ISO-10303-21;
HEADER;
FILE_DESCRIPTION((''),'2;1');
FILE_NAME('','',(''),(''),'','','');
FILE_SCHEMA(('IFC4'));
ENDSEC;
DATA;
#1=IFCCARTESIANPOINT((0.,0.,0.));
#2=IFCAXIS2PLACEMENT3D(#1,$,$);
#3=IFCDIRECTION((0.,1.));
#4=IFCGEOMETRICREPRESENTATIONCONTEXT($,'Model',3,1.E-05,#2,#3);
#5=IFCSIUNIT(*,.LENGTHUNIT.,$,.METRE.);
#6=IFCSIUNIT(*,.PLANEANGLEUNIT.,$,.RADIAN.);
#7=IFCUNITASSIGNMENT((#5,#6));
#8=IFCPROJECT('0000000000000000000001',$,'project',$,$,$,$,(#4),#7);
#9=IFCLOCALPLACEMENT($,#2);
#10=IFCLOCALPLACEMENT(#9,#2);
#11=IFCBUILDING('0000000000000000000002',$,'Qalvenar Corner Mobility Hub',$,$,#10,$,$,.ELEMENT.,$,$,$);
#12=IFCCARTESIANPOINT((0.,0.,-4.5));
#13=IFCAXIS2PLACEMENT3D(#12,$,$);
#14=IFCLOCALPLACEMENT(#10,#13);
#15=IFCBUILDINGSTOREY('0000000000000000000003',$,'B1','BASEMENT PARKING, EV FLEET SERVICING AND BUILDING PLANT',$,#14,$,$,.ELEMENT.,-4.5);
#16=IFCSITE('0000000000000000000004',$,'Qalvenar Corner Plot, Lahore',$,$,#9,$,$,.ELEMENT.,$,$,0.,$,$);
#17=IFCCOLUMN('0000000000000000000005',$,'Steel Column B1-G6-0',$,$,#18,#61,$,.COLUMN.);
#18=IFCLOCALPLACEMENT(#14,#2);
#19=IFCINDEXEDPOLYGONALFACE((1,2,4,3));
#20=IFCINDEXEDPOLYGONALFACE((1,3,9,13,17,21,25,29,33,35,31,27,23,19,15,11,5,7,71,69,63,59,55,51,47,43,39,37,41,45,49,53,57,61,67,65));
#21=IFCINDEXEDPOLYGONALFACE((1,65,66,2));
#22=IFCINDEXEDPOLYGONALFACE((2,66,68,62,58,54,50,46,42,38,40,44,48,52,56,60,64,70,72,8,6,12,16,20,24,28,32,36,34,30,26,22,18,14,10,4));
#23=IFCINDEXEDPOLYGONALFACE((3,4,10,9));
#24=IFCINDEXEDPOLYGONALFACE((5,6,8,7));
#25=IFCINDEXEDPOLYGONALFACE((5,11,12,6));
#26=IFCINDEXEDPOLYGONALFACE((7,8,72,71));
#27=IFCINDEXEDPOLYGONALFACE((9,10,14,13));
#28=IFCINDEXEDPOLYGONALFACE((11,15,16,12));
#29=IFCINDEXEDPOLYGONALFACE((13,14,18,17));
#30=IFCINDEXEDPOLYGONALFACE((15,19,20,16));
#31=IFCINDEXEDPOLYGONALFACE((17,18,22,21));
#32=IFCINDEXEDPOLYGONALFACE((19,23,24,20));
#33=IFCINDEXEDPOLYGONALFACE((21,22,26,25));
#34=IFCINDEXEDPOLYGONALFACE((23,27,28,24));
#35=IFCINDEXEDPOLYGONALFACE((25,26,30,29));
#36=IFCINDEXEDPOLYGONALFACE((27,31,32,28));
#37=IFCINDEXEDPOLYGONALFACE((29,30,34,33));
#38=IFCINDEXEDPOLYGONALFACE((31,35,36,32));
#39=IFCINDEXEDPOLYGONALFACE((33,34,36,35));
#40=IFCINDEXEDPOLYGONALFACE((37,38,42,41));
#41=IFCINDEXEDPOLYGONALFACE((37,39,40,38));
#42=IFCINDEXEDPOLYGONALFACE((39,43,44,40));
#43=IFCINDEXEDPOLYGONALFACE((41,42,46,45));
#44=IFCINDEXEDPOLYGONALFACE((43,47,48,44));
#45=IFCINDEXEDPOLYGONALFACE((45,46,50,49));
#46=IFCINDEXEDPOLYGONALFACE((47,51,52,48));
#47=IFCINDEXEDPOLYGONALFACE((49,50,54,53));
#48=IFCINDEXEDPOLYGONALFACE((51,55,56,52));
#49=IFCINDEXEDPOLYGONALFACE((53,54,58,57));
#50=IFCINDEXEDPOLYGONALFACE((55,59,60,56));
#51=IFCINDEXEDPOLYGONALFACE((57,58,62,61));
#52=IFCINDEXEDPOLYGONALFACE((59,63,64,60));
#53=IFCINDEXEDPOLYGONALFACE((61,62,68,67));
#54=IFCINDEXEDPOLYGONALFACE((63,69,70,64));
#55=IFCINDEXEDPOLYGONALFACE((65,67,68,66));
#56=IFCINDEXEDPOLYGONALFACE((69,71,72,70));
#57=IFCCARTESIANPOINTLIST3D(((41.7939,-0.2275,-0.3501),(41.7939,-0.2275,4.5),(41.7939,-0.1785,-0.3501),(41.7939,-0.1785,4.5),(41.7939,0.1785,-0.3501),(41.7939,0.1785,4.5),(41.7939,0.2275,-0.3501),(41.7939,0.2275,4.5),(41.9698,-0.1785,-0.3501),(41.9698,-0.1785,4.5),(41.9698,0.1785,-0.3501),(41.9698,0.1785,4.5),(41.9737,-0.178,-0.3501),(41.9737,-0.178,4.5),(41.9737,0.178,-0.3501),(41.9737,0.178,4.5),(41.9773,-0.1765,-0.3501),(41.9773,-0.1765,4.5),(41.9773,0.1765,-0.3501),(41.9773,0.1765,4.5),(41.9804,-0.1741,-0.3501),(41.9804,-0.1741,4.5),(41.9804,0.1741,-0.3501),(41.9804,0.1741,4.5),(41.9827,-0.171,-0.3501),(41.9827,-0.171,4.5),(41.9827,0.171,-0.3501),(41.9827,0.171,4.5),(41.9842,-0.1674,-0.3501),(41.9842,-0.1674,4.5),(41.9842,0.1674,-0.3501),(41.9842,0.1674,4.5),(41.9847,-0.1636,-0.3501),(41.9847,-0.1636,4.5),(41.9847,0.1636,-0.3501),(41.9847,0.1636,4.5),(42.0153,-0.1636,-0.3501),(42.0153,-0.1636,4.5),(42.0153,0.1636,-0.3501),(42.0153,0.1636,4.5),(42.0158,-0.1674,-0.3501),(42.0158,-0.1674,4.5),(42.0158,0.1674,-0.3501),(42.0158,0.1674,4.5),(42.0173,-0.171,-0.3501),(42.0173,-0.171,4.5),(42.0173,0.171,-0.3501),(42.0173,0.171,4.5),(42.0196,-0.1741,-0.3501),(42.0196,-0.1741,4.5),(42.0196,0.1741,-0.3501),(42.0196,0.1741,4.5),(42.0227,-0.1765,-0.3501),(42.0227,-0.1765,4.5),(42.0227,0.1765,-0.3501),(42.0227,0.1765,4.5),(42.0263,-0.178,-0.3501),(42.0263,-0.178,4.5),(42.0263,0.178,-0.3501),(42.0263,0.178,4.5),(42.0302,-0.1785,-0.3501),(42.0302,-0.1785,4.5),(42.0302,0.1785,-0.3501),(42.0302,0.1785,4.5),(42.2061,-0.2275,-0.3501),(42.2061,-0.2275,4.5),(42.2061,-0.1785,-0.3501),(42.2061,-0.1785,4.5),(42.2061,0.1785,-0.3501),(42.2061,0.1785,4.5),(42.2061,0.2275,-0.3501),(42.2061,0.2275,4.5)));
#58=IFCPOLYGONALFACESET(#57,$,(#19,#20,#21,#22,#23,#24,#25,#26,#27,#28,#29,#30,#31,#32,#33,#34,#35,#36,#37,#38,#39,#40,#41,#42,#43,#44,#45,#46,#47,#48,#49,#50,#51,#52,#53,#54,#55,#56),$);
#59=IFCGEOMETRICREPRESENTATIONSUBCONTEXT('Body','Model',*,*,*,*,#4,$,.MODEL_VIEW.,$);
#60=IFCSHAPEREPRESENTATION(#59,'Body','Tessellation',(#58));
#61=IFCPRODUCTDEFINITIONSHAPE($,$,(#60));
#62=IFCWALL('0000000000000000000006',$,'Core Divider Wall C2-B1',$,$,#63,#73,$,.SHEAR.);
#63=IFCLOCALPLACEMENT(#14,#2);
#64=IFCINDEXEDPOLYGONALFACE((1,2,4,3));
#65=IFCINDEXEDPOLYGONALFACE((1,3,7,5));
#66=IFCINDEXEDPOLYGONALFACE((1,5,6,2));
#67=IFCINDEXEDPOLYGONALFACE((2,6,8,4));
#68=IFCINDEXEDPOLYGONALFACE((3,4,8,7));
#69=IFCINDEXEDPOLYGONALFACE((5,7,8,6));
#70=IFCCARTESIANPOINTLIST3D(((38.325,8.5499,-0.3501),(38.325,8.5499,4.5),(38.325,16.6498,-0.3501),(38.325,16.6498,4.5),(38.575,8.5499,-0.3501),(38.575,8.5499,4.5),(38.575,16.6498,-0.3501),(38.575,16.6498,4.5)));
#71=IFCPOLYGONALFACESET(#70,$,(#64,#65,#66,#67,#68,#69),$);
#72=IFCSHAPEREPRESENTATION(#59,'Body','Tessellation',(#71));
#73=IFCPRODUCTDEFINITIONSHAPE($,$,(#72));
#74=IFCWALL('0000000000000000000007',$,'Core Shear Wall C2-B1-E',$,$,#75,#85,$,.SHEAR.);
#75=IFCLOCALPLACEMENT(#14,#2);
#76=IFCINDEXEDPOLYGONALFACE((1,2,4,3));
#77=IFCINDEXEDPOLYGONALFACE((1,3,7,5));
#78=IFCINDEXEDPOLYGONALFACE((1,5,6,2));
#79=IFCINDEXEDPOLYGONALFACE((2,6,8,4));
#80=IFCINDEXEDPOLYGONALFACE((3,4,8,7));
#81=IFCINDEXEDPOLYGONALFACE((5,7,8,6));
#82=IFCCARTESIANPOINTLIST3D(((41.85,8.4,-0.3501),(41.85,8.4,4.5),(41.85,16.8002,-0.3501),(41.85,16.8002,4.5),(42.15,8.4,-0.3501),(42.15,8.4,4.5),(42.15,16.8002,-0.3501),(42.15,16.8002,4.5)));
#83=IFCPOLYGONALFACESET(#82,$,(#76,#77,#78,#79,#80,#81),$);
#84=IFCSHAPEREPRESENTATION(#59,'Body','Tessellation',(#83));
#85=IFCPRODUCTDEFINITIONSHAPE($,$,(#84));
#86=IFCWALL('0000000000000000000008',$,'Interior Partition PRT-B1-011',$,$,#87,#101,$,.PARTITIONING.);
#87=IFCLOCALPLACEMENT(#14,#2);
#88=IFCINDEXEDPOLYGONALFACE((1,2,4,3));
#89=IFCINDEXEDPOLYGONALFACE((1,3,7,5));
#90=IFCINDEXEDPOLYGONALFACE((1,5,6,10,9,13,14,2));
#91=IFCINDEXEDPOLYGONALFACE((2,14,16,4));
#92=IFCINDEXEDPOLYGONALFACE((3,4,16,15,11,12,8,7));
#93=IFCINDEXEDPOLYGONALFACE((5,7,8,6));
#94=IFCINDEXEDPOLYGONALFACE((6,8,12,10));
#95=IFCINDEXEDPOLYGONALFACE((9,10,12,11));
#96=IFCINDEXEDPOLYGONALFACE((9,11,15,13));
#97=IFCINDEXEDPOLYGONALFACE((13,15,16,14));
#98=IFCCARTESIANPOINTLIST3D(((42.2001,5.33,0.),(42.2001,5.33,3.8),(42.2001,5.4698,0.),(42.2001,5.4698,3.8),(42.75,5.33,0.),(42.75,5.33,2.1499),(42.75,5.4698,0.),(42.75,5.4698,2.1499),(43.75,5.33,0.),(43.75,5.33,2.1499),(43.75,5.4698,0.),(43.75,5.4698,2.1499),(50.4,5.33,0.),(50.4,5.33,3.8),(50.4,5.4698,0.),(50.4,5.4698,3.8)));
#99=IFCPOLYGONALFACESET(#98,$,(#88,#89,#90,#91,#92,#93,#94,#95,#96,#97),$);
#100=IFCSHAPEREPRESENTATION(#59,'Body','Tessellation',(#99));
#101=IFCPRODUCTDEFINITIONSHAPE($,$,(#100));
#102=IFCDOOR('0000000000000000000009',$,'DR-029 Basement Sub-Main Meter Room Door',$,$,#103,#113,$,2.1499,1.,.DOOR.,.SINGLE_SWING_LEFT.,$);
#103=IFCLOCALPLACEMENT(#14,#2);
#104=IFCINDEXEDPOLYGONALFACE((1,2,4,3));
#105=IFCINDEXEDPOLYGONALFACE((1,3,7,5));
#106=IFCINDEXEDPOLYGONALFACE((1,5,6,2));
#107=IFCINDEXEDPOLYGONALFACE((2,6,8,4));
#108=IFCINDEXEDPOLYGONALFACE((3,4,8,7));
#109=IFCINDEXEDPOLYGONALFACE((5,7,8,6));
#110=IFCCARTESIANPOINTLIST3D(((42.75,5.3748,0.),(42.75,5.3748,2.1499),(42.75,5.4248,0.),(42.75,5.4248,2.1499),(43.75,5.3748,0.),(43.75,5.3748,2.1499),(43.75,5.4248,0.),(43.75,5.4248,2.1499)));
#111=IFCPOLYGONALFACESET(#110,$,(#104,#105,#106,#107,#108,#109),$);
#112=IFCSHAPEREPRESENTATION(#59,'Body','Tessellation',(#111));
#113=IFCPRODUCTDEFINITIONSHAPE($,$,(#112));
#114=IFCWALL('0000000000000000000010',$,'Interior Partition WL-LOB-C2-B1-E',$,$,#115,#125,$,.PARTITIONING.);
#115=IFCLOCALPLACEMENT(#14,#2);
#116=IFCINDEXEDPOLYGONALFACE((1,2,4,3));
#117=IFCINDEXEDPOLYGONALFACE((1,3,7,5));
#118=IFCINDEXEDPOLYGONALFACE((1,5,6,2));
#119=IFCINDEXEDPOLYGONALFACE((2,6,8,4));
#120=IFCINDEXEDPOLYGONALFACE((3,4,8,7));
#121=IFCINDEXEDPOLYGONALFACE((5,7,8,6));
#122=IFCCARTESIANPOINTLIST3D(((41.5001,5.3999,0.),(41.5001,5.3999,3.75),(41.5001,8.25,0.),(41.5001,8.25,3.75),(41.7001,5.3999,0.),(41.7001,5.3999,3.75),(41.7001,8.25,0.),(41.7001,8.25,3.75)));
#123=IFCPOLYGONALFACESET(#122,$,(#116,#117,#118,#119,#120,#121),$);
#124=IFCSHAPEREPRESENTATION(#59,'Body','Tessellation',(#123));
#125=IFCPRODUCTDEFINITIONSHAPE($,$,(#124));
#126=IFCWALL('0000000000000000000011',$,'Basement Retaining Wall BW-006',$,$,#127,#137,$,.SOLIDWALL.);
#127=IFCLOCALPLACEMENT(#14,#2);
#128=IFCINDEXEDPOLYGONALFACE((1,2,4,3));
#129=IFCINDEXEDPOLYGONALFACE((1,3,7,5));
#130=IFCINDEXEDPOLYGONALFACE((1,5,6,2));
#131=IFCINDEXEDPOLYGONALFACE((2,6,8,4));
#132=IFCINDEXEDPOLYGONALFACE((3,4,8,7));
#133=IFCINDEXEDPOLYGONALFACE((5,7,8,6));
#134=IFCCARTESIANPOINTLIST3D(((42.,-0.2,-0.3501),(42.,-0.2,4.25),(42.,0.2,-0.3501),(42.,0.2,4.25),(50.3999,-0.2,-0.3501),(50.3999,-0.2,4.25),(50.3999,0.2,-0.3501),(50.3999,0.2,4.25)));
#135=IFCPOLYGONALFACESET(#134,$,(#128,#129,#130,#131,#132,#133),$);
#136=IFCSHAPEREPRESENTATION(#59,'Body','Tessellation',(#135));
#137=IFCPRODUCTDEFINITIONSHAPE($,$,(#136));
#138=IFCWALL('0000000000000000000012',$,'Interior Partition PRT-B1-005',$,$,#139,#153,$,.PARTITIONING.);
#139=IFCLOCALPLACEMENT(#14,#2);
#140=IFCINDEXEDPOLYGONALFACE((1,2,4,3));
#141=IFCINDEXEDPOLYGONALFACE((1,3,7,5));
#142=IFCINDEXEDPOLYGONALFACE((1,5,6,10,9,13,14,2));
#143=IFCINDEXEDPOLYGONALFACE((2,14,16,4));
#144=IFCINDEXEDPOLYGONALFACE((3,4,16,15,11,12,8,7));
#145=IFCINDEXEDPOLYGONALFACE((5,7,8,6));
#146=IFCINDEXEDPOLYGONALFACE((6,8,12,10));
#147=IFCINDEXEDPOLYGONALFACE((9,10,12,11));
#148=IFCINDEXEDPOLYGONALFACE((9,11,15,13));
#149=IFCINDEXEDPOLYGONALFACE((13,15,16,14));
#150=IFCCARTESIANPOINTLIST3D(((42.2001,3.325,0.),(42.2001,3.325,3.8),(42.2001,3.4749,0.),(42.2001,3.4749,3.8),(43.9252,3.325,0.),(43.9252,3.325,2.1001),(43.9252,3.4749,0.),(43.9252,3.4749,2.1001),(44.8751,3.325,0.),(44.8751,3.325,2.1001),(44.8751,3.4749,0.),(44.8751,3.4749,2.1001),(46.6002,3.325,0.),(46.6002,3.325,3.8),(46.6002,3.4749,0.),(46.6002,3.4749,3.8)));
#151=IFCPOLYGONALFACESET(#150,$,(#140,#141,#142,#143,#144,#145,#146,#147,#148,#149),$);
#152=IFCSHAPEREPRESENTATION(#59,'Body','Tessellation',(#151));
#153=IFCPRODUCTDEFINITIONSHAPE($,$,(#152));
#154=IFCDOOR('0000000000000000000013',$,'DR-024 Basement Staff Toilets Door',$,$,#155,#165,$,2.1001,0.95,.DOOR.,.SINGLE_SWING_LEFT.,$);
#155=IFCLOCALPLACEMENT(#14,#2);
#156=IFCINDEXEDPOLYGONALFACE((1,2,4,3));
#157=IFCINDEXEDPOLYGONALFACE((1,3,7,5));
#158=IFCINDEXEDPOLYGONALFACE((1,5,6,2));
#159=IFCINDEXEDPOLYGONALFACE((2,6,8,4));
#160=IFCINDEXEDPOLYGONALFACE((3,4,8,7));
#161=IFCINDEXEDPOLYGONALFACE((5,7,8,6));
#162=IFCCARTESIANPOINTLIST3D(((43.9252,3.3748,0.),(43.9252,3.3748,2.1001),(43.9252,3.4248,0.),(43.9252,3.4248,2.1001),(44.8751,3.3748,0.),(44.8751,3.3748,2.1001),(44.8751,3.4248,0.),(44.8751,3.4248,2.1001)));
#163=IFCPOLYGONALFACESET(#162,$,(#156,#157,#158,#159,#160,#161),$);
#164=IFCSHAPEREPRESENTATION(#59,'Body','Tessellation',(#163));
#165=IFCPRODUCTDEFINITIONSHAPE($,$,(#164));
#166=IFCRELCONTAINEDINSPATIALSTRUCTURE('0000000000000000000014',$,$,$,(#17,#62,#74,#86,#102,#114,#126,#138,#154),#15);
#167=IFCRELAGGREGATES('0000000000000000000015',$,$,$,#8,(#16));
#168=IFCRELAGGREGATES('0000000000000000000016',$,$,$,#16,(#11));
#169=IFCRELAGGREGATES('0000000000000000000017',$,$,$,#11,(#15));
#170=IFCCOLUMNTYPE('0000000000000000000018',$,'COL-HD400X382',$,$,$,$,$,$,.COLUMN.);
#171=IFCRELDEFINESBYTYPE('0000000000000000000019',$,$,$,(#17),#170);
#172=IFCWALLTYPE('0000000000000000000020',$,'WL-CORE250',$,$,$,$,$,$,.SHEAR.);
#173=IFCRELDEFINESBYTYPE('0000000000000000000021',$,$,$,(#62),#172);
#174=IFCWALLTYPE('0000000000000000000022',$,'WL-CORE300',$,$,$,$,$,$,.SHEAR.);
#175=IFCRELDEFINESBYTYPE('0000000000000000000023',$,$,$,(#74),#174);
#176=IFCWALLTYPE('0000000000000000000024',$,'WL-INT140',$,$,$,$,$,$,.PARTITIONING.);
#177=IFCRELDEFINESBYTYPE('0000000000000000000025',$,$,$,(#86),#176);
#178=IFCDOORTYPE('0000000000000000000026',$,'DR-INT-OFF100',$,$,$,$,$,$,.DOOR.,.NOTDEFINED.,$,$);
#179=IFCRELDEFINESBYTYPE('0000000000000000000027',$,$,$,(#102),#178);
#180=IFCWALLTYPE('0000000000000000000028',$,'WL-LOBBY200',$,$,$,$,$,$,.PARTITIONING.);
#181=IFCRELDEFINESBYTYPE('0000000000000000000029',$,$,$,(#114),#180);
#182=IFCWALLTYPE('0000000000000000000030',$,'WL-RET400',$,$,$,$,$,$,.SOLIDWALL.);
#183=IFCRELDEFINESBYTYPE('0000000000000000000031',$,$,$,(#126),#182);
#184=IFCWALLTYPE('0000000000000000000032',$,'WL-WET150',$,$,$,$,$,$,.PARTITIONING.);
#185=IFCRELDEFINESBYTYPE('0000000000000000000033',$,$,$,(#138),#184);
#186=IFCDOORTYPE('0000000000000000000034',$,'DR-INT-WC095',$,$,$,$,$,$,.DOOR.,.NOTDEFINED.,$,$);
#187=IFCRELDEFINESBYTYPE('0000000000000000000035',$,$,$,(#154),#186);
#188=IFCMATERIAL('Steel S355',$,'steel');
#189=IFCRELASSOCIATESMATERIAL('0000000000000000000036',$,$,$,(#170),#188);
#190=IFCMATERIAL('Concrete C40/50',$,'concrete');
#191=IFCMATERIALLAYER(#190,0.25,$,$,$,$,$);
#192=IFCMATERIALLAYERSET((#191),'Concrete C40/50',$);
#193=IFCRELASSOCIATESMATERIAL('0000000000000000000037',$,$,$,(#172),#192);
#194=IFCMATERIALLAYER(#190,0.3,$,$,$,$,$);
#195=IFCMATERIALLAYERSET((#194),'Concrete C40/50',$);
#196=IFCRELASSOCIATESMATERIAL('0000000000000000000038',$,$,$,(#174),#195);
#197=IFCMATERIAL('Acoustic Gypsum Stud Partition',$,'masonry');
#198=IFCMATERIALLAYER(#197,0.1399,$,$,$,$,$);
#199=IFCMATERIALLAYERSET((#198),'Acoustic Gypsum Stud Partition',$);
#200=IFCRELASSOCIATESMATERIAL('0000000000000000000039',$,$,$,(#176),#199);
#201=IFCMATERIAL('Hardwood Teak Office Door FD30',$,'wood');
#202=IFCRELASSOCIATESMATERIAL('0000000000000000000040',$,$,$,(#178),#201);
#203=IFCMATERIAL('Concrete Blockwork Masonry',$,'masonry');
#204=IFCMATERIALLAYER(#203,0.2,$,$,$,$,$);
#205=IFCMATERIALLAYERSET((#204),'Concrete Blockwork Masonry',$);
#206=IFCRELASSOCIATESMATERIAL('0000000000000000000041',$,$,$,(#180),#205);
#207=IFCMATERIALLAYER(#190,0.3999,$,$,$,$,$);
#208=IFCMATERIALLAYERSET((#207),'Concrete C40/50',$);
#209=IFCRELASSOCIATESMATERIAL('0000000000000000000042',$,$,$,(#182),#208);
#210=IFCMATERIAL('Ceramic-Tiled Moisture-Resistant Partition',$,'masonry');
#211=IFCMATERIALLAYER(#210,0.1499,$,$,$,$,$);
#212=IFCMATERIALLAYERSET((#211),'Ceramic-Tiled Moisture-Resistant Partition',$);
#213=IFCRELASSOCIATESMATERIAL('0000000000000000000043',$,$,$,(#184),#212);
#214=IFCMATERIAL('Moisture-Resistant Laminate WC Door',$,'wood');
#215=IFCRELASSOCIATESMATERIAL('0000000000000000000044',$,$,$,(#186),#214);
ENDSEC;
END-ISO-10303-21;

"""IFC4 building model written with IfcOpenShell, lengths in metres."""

from ifc_helpers import new_model, si_unit, direction, frame, frame_2d, origin, origin_2d, place, context, subcontext, project, spatial, rectangle, i_section, extrude, material, layer, layer_set, material_profile, profile_set, type_object, element, fill, save


model = new_model("IFC4")

# Units and contexts
model_context = context("Model", 3, precision=1e-05, world=origin(), true_north=direction((0.0, 1.0)))
body_context = subcontext(model_context, "Body", "Model", "MODEL_VIEW")
ifc_project = project(units=[si_unit("LENGTHUNIT", "METRE"), si_unit("PLANEANGLEUNIT", "RADIAN")], contexts=[model_context])

# Site, building, storey
site_placement = place(None, origin())
site = spatial("IfcSite", under=ifc_project, at=site_placement, Name="Qalvenar Corner Plot, Lahore", CompositionType="ELEMENT", RefElevation=0.0)
building_placement = place(site_placement, origin())
building = spatial("IfcBuilding", under=site, at=building_placement, Name="Qalvenar Corner Mobility Hub", CompositionType="ELEMENT")
storey_placement = place(building_placement, frame((0.0, 0.0, -4.5)))
storey = spatial("IfcBuildingStorey", under=building, at=storey_placement, Name="B1", Description="BASEMENT PARKING, EV FLEET SERVICING AND BUILDING PLANT", CompositionType="ELEMENT", Elevation=-4.5)

# Shared definitions
ifc_material_1 = material(Name="Concrete C40/50", Category="concrete")

# Column
ifc_material_2 = material(Name="Steel S355", Category="steel")
ifc_material_profile_1 = material_profile(ifc_material_2, i_section(OverallWidth=0.4121, OverallDepth=0.4551, WebThickness=0.0305, FlangeThickness=0.0491, FilletRadius=0.0149, at=origin_2d()), Name="HD400x421")
ifc_profile_set_1 = profile_set([ifc_material_profile_1], Name="Steel S355")
column_type = type_object("IfcColumnType", Name="COL-HD400X382", PredefinedType="COLUMN", material=ifc_profile_set_1)
column_placement = place(storey_placement, frame((42.0, 0.0, -0.3501), z_axis=(0.0, 0.0, 1.0), x_axis=(1.0, 0.0, 0.0)))
element("IfcColumn", 1, at=column_placement, inside=storey, type_object=column_type, Name="Steel Column B1-G6-0", PredefinedType="COLUMN", context=body_context, shape_type="SweptSolid", body=[
    extrude(i_section(OverallWidth=0.4121, OverallDepth=0.4551, WebThickness=0.0305, FlangeThickness=0.0491, FilletRadius=0.0149, at=origin_2d()), origin(), (0.0, 0.0, 1.0), 4.8501),
])

# Walls
ifc_layer_1 = layer(ifc_material_1, 0.25)
ifc_layer_set_1 = layer_set([ifc_layer_1], Name="Concrete C40/50")
wall_type_1 = type_object("IfcWallType", Name="WL-CORE250", PredefinedType="SHEAR", material=ifc_layer_set_1)
wall_1_placement = place(storey_placement, frame((38.45, 8.55, -0.3501), z_axis=(0.0, 0.0, 1.0), x_axis=(0.0, 1.0, 0.0)))
element("IfcWall", 2, at=wall_1_placement, inside=storey, type_object=wall_type_1, Name="Core Divider Wall C2-B1", PredefinedType="SHEAR", context=body_context, shape_type="SweptSolid", body=[
    extrude(rectangle(XDim=8.0999, YDim=0.25, at=frame_2d((4.0498, 0.0))), origin(), (0.0, 0.0, 1.0), 4.8501),
])
ifc_layer_2 = layer(ifc_material_1, 0.3)
ifc_layer_set_2 = layer_set([ifc_layer_2], Name="Concrete C40/50")
wall_type_2 = type_object("IfcWallType", Name="WL-CORE300", PredefinedType="SHEAR", material=ifc_layer_set_2)
wall_2_placement = place(storey_placement, frame((42.0, 8.3999, -0.3501), z_axis=(0.0, 0.0, 1.0), x_axis=(0.0, 1.0, 0.0)))
element("IfcWall", 3, at=wall_2_placement, inside=storey, type_object=wall_type_2, Name="Core Shear Wall C2-B1-E", PredefinedType="SHEAR", context=body_context, shape_type="SweptSolid", body=[
    extrude(rectangle(XDim=8.4001, YDim=0.3, at=frame_2d((4.2002, 0.0))), origin(), (0.0, 0.0, 1.0), 4.8501),
])

# Wall, opening, door
ifc_material_3 = material(Name="Acoustic Gypsum Stud Partition", Category="masonry")
ifc_layer_3 = layer(ifc_material_3, 0.1399)
ifc_layer_set_3 = layer_set([ifc_layer_3], Name="Acoustic Gypsum Stud Partition")
wall_type_3 = type_object("IfcWallType", Name="WL-INT140", PredefinedType="PARTITIONING", material=ifc_layer_set_3)
wall_3_placement = place(storey_placement, frame((42.2, 5.3999, 0.0), z_axis=(0.0, 0.0, 1.0), x_axis=(1.0, 0.0, 0.0)))
wall_3 = element("IfcWall", 4, at=wall_3_placement, inside=storey, type_object=wall_type_3, Name="Interior Partition PRT-B1-011", PredefinedType="PARTITIONING", context=body_context, shape_type="SweptSolid", body=[
    extrude(rectangle(XDim=8.2, YDim=0.1399, at=frame_2d((4.1001, 0.0))), origin(), (0.0, 0.0, 1.0), 3.8),
])
opening_1_placement = place(wall_3_placement, frame((0.55, 0.0, 0.0)))
opening_1 = element("IfcOpeningElement", 5, at=opening_1_placement, cuts=wall_3, PredefinedType="OPENING", context=body_context, shape_type="SweptSolid", body=[
    extrude(rectangle(XDim=1.0, YDim=2.1499, at=frame_2d((0.5, 1.075))), frame((0.0, 0.0801, 0.0), z_axis=(0.0, -1.0, 0.0), x_axis=(1.0, 0.0, 0.0)), (0.0, 0.0, 1.0), 0.1599),
])
ifc_material_4 = material(Name="Hardwood Teak Office Door FD30", Category="wood")
door_type_1 = type_object("IfcDoorType", Name="DR-INT-OFF100", OperationType="NOTDEFINED", PredefinedType="DOOR", material=ifc_material_4)
door_1_placement = place(opening_1_placement, origin())
door_1 = element("IfcDoor", 6, at=door_1_placement, inside=storey, type_object=door_type_1, Name="DR-029 Basement Sub-Main Meter Room Door", OperationType="SINGLE_SWING_LEFT", OverallHeight=2.1499, OverallWidth=1.0, PredefinedType="DOOR", context=body_context, shape_type="SweptSolid", body=[
    extrude(rectangle(XDim=1.0, YDim=2.1499, at=frame_2d((0.5, 1.075))), frame((0.0, 0.0249, 0.0), z_axis=(0.0, -1.0, 0.0), x_axis=(1.0, 0.0, 0.0)), (0.0, 0.0, 1.0), 0.05),
])
fill(opening_1, door_1)

# Walls
ifc_material_5 = material(Name="Concrete Blockwork Masonry", Category="masonry")
ifc_layer_4 = layer(ifc_material_5, 0.2)
ifc_layer_set_4 = layer_set([ifc_layer_4], Name="Concrete Blockwork Masonry")
wall_type_4 = type_object("IfcWallType", Name="WL-LOBBY200", PredefinedType="PARTITIONING", material=ifc_layer_set_4)
wall_4_placement = place(storey_placement, frame((41.6001, 5.3999, 0.0), z_axis=(0.0, 0.0, 1.0), x_axis=(0.0, 1.0, 0.0)))
element("IfcWall", 7, at=wall_4_placement, inside=storey, type_object=wall_type_4, Name="Interior Partition WL-LOB-C2-B1-E", PredefinedType="PARTITIONING", context=body_context, shape_type="SweptSolid", body=[
    extrude(rectangle(XDim=2.8501, YDim=0.2, at=frame_2d((1.425, 0.0))), origin(), (0.0, 0.0, 1.0), 3.75),
])
ifc_layer_5 = layer(ifc_material_1, 0.3999)
ifc_layer_set_5 = layer_set([ifc_layer_5], Name="Concrete C40/50")
wall_type_5 = type_object("IfcWallType", Name="WL-RET400", PredefinedType="SOLIDWALL", material=ifc_layer_set_5)
wall_5_placement = place(storey_placement, frame((42.0, 0.0, -0.3501), z_axis=(0.0, 0.0, 1.0), x_axis=(1.0, 0.0, 0.0)))
element("IfcWall", 8, at=wall_5_placement, inside=storey, type_object=wall_type_5, Name="Basement Retaining Wall BW-006", PredefinedType="SOLIDWALL", context=body_context, shape_type="SweptSolid", body=[
    extrude(rectangle(XDim=8.3999, YDim=0.3999, at=frame_2d((4.2, 0.0))), origin(), (0.0, 0.0, 1.0), 4.6001),
])

# Wall, opening, door
ifc_material_6 = material(Name="Ceramic-Tiled Moisture-Resistant Partition", Category="masonry")
ifc_layer_6 = layer(ifc_material_6, 0.1499)
ifc_layer_set_6 = layer_set([ifc_layer_6], Name="Ceramic-Tiled Moisture-Resistant Partition")
wall_type_6 = type_object("IfcWallType", Name="WL-WET150", PredefinedType="PARTITIONING", material=ifc_layer_set_6)
wall_6_placement = place(storey_placement, frame((42.2, 3.3999, 0.0), z_axis=(0.0, 0.0, 1.0), x_axis=(1.0, 0.0, 0.0)))
wall_6 = element("IfcWall", 9, at=wall_6_placement, inside=storey, type_object=wall_type_6, Name="Interior Partition PRT-B1-005", PredefinedType="PARTITIONING", context=body_context, shape_type="SweptSolid", body=[
    extrude(rectangle(XDim=4.4001, YDim=0.1499, at=frame_2d((2.2002, 0.0))), origin(), (0.0, 0.0, 1.0), 3.8),
])
opening_2_placement = place(wall_6_placement, frame((1.7251, 0.0, 0.0)))
opening_2 = element("IfcOpeningElement", 10, at=opening_2_placement, cuts=wall_6, PredefinedType="OPENING", context=body_context, shape_type="SweptSolid", body=[
    extrude(rectangle(XDim=0.95, YDim=2.1001, at=frame_2d((0.4751, 1.05))), frame((0.0, 0.085, 0.0), z_axis=(0.0, -1.0, 0.0), x_axis=(1.0, 0.0, 0.0)), (0.0, 0.0, 1.0), 0.1699),
])
ifc_material_7 = material(Name="Moisture-Resistant Laminate WC Door", Category="wood")
door_type_2 = type_object("IfcDoorType", Name="DR-INT-WC095", OperationType="NOTDEFINED", PredefinedType="DOOR", material=ifc_material_7)
door_2_placement = place(opening_2_placement, origin())
door_2 = element("IfcDoor", 11, at=door_2_placement, inside=storey, type_object=door_type_2, Name="DR-024 Basement Staff Toilets Door", OperationType="SINGLE_SWING_LEFT", OverallHeight=2.1001, OverallWidth=0.95, PredefinedType="DOOR", context=body_context, shape_type="SweptSolid", body=[
    extrude(rectangle(XDim=0.95, YDim=2.1001, at=frame_2d((0.4751, 1.05))), frame((0.0, 0.0249, 0.0), z_axis=(0.0, -1.0, 0.0), x_axis=(1.0, 0.0, 0.0)), (0.0, 0.0, 1.0), 0.05),
])
fill(opening_2, door_2)

save(model, "model.ifc")
